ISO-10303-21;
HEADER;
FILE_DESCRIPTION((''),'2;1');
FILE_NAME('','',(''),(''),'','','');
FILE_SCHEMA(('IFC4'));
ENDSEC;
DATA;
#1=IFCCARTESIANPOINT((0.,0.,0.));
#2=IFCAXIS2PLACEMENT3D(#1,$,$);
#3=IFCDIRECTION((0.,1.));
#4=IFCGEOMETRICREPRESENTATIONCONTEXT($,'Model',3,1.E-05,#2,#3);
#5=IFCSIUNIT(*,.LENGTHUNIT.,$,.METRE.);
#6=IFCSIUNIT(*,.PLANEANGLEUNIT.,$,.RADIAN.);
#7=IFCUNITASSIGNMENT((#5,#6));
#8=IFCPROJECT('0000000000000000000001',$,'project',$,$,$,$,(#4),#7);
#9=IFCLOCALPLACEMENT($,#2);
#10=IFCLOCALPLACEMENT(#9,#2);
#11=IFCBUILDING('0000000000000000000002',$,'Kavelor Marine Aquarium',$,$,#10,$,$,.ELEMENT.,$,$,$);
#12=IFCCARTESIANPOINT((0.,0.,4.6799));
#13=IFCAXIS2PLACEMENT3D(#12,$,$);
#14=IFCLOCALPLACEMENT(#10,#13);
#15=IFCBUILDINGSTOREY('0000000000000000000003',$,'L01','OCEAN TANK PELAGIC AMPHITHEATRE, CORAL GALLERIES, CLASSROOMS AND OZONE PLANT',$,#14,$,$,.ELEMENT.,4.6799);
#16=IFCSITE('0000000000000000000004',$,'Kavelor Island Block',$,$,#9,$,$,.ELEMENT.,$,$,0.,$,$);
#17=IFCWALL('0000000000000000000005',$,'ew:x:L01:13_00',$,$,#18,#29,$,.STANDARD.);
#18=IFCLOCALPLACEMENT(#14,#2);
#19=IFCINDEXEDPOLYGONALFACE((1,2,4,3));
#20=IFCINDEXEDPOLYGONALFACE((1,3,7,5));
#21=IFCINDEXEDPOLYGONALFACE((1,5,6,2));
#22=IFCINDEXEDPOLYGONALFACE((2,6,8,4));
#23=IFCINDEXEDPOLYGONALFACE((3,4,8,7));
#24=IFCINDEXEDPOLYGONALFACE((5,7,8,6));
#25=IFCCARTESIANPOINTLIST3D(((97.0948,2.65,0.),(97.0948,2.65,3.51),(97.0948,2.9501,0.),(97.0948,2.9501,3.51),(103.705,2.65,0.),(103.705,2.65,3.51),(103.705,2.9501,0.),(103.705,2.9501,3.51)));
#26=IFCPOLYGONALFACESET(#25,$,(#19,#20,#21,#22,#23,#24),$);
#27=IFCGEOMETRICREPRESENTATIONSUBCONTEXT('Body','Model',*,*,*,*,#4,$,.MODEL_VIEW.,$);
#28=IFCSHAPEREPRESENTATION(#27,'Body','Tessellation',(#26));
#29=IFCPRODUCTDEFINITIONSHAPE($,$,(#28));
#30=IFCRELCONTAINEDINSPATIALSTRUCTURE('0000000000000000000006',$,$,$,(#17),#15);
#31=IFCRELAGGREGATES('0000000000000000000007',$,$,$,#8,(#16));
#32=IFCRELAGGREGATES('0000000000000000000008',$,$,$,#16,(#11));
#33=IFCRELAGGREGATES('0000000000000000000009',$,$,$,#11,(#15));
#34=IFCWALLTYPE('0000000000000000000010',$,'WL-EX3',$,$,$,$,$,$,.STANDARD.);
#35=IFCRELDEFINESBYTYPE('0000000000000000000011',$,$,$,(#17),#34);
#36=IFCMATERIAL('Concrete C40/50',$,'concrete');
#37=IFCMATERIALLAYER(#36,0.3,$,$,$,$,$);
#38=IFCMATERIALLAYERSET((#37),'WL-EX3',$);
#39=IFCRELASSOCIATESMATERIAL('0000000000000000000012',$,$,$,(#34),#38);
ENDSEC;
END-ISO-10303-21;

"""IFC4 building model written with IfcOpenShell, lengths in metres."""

from ifc_helpers import new_model, si_unit, direction, frame, frame_2d, origin, place, context, subcontext, project, spatial, rectangle, extrude, material, layer, layer_set, type_object, element, save


model = new_model("IFC4")

# Units and contexts
model_context = context("Model", 3, precision=1e-05, world=origin(), true_north=direction((0.0, 1.0)))
body_context = subcontext(model_context, "Body", "Model", "MODEL_VIEW")
ifc_project = project(units=[si_unit("LENGTHUNIT", "METRE"), si_unit("PLANEANGLEUNIT", "RADIAN")], contexts=[model_context])

# Site, building, storey
site_placement = place(None, origin())
site = spatial("IfcSite", under=ifc_project, at=site_placement, Name="Kavelor Island Block", CompositionType="ELEMENT", RefElevation=0.0)
building_placement = place(site_placement, origin())
building = spatial("IfcBuilding", under=site, at=building_placement, Name="Kavelor Marine Aquarium", CompositionType="ELEMENT")
storey_placement = place(building_placement, frame((0.0, 0.0, 4.6799)))
storey = spatial("IfcBuildingStorey", under=building, at=storey_placement, Name="L01", Description="OCEAN TANK PELAGIC AMPHITHEATRE, CORAL GALLERIES, CLASSROOMS AND OZONE PLANT", CompositionType="ELEMENT", Elevation=4.6799)

# Wall
ifc_material_1 = material(Name="Concrete C40/50", Category="concrete")
ifc_layer_1 = layer(ifc_material_1, 0.3)
ifc_layer_set_1 = layer_set([ifc_layer_1], Name="WL-EX3")
wall_type_1 = type_object("IfcWallType", Name="WL-EX3", PredefinedType="STANDARD", material=ifc_layer_set_1)
wall_1_placement = place(storey_placement, frame((103.7051, 2.8, 0.0), z_axis=(0.0, 0.0, 1.0), x_axis=(-1.0, 0.0, 0.0)))
element("IfcWall", 1, at=wall_1_placement, inside=storey, type_object=wall_type_1, Name="ew:x:L01:13_00", PredefinedType="STANDARD", context=body_context, shape_type="SweptSolid", body=[
    extrude(rectangle(XDim=6.6101, YDim=0.3, at=frame_2d((3.3052, 0.0))), origin(), (0.0, 0.0, 1.0), 3.51),
])

save(model, "model.ifc")
